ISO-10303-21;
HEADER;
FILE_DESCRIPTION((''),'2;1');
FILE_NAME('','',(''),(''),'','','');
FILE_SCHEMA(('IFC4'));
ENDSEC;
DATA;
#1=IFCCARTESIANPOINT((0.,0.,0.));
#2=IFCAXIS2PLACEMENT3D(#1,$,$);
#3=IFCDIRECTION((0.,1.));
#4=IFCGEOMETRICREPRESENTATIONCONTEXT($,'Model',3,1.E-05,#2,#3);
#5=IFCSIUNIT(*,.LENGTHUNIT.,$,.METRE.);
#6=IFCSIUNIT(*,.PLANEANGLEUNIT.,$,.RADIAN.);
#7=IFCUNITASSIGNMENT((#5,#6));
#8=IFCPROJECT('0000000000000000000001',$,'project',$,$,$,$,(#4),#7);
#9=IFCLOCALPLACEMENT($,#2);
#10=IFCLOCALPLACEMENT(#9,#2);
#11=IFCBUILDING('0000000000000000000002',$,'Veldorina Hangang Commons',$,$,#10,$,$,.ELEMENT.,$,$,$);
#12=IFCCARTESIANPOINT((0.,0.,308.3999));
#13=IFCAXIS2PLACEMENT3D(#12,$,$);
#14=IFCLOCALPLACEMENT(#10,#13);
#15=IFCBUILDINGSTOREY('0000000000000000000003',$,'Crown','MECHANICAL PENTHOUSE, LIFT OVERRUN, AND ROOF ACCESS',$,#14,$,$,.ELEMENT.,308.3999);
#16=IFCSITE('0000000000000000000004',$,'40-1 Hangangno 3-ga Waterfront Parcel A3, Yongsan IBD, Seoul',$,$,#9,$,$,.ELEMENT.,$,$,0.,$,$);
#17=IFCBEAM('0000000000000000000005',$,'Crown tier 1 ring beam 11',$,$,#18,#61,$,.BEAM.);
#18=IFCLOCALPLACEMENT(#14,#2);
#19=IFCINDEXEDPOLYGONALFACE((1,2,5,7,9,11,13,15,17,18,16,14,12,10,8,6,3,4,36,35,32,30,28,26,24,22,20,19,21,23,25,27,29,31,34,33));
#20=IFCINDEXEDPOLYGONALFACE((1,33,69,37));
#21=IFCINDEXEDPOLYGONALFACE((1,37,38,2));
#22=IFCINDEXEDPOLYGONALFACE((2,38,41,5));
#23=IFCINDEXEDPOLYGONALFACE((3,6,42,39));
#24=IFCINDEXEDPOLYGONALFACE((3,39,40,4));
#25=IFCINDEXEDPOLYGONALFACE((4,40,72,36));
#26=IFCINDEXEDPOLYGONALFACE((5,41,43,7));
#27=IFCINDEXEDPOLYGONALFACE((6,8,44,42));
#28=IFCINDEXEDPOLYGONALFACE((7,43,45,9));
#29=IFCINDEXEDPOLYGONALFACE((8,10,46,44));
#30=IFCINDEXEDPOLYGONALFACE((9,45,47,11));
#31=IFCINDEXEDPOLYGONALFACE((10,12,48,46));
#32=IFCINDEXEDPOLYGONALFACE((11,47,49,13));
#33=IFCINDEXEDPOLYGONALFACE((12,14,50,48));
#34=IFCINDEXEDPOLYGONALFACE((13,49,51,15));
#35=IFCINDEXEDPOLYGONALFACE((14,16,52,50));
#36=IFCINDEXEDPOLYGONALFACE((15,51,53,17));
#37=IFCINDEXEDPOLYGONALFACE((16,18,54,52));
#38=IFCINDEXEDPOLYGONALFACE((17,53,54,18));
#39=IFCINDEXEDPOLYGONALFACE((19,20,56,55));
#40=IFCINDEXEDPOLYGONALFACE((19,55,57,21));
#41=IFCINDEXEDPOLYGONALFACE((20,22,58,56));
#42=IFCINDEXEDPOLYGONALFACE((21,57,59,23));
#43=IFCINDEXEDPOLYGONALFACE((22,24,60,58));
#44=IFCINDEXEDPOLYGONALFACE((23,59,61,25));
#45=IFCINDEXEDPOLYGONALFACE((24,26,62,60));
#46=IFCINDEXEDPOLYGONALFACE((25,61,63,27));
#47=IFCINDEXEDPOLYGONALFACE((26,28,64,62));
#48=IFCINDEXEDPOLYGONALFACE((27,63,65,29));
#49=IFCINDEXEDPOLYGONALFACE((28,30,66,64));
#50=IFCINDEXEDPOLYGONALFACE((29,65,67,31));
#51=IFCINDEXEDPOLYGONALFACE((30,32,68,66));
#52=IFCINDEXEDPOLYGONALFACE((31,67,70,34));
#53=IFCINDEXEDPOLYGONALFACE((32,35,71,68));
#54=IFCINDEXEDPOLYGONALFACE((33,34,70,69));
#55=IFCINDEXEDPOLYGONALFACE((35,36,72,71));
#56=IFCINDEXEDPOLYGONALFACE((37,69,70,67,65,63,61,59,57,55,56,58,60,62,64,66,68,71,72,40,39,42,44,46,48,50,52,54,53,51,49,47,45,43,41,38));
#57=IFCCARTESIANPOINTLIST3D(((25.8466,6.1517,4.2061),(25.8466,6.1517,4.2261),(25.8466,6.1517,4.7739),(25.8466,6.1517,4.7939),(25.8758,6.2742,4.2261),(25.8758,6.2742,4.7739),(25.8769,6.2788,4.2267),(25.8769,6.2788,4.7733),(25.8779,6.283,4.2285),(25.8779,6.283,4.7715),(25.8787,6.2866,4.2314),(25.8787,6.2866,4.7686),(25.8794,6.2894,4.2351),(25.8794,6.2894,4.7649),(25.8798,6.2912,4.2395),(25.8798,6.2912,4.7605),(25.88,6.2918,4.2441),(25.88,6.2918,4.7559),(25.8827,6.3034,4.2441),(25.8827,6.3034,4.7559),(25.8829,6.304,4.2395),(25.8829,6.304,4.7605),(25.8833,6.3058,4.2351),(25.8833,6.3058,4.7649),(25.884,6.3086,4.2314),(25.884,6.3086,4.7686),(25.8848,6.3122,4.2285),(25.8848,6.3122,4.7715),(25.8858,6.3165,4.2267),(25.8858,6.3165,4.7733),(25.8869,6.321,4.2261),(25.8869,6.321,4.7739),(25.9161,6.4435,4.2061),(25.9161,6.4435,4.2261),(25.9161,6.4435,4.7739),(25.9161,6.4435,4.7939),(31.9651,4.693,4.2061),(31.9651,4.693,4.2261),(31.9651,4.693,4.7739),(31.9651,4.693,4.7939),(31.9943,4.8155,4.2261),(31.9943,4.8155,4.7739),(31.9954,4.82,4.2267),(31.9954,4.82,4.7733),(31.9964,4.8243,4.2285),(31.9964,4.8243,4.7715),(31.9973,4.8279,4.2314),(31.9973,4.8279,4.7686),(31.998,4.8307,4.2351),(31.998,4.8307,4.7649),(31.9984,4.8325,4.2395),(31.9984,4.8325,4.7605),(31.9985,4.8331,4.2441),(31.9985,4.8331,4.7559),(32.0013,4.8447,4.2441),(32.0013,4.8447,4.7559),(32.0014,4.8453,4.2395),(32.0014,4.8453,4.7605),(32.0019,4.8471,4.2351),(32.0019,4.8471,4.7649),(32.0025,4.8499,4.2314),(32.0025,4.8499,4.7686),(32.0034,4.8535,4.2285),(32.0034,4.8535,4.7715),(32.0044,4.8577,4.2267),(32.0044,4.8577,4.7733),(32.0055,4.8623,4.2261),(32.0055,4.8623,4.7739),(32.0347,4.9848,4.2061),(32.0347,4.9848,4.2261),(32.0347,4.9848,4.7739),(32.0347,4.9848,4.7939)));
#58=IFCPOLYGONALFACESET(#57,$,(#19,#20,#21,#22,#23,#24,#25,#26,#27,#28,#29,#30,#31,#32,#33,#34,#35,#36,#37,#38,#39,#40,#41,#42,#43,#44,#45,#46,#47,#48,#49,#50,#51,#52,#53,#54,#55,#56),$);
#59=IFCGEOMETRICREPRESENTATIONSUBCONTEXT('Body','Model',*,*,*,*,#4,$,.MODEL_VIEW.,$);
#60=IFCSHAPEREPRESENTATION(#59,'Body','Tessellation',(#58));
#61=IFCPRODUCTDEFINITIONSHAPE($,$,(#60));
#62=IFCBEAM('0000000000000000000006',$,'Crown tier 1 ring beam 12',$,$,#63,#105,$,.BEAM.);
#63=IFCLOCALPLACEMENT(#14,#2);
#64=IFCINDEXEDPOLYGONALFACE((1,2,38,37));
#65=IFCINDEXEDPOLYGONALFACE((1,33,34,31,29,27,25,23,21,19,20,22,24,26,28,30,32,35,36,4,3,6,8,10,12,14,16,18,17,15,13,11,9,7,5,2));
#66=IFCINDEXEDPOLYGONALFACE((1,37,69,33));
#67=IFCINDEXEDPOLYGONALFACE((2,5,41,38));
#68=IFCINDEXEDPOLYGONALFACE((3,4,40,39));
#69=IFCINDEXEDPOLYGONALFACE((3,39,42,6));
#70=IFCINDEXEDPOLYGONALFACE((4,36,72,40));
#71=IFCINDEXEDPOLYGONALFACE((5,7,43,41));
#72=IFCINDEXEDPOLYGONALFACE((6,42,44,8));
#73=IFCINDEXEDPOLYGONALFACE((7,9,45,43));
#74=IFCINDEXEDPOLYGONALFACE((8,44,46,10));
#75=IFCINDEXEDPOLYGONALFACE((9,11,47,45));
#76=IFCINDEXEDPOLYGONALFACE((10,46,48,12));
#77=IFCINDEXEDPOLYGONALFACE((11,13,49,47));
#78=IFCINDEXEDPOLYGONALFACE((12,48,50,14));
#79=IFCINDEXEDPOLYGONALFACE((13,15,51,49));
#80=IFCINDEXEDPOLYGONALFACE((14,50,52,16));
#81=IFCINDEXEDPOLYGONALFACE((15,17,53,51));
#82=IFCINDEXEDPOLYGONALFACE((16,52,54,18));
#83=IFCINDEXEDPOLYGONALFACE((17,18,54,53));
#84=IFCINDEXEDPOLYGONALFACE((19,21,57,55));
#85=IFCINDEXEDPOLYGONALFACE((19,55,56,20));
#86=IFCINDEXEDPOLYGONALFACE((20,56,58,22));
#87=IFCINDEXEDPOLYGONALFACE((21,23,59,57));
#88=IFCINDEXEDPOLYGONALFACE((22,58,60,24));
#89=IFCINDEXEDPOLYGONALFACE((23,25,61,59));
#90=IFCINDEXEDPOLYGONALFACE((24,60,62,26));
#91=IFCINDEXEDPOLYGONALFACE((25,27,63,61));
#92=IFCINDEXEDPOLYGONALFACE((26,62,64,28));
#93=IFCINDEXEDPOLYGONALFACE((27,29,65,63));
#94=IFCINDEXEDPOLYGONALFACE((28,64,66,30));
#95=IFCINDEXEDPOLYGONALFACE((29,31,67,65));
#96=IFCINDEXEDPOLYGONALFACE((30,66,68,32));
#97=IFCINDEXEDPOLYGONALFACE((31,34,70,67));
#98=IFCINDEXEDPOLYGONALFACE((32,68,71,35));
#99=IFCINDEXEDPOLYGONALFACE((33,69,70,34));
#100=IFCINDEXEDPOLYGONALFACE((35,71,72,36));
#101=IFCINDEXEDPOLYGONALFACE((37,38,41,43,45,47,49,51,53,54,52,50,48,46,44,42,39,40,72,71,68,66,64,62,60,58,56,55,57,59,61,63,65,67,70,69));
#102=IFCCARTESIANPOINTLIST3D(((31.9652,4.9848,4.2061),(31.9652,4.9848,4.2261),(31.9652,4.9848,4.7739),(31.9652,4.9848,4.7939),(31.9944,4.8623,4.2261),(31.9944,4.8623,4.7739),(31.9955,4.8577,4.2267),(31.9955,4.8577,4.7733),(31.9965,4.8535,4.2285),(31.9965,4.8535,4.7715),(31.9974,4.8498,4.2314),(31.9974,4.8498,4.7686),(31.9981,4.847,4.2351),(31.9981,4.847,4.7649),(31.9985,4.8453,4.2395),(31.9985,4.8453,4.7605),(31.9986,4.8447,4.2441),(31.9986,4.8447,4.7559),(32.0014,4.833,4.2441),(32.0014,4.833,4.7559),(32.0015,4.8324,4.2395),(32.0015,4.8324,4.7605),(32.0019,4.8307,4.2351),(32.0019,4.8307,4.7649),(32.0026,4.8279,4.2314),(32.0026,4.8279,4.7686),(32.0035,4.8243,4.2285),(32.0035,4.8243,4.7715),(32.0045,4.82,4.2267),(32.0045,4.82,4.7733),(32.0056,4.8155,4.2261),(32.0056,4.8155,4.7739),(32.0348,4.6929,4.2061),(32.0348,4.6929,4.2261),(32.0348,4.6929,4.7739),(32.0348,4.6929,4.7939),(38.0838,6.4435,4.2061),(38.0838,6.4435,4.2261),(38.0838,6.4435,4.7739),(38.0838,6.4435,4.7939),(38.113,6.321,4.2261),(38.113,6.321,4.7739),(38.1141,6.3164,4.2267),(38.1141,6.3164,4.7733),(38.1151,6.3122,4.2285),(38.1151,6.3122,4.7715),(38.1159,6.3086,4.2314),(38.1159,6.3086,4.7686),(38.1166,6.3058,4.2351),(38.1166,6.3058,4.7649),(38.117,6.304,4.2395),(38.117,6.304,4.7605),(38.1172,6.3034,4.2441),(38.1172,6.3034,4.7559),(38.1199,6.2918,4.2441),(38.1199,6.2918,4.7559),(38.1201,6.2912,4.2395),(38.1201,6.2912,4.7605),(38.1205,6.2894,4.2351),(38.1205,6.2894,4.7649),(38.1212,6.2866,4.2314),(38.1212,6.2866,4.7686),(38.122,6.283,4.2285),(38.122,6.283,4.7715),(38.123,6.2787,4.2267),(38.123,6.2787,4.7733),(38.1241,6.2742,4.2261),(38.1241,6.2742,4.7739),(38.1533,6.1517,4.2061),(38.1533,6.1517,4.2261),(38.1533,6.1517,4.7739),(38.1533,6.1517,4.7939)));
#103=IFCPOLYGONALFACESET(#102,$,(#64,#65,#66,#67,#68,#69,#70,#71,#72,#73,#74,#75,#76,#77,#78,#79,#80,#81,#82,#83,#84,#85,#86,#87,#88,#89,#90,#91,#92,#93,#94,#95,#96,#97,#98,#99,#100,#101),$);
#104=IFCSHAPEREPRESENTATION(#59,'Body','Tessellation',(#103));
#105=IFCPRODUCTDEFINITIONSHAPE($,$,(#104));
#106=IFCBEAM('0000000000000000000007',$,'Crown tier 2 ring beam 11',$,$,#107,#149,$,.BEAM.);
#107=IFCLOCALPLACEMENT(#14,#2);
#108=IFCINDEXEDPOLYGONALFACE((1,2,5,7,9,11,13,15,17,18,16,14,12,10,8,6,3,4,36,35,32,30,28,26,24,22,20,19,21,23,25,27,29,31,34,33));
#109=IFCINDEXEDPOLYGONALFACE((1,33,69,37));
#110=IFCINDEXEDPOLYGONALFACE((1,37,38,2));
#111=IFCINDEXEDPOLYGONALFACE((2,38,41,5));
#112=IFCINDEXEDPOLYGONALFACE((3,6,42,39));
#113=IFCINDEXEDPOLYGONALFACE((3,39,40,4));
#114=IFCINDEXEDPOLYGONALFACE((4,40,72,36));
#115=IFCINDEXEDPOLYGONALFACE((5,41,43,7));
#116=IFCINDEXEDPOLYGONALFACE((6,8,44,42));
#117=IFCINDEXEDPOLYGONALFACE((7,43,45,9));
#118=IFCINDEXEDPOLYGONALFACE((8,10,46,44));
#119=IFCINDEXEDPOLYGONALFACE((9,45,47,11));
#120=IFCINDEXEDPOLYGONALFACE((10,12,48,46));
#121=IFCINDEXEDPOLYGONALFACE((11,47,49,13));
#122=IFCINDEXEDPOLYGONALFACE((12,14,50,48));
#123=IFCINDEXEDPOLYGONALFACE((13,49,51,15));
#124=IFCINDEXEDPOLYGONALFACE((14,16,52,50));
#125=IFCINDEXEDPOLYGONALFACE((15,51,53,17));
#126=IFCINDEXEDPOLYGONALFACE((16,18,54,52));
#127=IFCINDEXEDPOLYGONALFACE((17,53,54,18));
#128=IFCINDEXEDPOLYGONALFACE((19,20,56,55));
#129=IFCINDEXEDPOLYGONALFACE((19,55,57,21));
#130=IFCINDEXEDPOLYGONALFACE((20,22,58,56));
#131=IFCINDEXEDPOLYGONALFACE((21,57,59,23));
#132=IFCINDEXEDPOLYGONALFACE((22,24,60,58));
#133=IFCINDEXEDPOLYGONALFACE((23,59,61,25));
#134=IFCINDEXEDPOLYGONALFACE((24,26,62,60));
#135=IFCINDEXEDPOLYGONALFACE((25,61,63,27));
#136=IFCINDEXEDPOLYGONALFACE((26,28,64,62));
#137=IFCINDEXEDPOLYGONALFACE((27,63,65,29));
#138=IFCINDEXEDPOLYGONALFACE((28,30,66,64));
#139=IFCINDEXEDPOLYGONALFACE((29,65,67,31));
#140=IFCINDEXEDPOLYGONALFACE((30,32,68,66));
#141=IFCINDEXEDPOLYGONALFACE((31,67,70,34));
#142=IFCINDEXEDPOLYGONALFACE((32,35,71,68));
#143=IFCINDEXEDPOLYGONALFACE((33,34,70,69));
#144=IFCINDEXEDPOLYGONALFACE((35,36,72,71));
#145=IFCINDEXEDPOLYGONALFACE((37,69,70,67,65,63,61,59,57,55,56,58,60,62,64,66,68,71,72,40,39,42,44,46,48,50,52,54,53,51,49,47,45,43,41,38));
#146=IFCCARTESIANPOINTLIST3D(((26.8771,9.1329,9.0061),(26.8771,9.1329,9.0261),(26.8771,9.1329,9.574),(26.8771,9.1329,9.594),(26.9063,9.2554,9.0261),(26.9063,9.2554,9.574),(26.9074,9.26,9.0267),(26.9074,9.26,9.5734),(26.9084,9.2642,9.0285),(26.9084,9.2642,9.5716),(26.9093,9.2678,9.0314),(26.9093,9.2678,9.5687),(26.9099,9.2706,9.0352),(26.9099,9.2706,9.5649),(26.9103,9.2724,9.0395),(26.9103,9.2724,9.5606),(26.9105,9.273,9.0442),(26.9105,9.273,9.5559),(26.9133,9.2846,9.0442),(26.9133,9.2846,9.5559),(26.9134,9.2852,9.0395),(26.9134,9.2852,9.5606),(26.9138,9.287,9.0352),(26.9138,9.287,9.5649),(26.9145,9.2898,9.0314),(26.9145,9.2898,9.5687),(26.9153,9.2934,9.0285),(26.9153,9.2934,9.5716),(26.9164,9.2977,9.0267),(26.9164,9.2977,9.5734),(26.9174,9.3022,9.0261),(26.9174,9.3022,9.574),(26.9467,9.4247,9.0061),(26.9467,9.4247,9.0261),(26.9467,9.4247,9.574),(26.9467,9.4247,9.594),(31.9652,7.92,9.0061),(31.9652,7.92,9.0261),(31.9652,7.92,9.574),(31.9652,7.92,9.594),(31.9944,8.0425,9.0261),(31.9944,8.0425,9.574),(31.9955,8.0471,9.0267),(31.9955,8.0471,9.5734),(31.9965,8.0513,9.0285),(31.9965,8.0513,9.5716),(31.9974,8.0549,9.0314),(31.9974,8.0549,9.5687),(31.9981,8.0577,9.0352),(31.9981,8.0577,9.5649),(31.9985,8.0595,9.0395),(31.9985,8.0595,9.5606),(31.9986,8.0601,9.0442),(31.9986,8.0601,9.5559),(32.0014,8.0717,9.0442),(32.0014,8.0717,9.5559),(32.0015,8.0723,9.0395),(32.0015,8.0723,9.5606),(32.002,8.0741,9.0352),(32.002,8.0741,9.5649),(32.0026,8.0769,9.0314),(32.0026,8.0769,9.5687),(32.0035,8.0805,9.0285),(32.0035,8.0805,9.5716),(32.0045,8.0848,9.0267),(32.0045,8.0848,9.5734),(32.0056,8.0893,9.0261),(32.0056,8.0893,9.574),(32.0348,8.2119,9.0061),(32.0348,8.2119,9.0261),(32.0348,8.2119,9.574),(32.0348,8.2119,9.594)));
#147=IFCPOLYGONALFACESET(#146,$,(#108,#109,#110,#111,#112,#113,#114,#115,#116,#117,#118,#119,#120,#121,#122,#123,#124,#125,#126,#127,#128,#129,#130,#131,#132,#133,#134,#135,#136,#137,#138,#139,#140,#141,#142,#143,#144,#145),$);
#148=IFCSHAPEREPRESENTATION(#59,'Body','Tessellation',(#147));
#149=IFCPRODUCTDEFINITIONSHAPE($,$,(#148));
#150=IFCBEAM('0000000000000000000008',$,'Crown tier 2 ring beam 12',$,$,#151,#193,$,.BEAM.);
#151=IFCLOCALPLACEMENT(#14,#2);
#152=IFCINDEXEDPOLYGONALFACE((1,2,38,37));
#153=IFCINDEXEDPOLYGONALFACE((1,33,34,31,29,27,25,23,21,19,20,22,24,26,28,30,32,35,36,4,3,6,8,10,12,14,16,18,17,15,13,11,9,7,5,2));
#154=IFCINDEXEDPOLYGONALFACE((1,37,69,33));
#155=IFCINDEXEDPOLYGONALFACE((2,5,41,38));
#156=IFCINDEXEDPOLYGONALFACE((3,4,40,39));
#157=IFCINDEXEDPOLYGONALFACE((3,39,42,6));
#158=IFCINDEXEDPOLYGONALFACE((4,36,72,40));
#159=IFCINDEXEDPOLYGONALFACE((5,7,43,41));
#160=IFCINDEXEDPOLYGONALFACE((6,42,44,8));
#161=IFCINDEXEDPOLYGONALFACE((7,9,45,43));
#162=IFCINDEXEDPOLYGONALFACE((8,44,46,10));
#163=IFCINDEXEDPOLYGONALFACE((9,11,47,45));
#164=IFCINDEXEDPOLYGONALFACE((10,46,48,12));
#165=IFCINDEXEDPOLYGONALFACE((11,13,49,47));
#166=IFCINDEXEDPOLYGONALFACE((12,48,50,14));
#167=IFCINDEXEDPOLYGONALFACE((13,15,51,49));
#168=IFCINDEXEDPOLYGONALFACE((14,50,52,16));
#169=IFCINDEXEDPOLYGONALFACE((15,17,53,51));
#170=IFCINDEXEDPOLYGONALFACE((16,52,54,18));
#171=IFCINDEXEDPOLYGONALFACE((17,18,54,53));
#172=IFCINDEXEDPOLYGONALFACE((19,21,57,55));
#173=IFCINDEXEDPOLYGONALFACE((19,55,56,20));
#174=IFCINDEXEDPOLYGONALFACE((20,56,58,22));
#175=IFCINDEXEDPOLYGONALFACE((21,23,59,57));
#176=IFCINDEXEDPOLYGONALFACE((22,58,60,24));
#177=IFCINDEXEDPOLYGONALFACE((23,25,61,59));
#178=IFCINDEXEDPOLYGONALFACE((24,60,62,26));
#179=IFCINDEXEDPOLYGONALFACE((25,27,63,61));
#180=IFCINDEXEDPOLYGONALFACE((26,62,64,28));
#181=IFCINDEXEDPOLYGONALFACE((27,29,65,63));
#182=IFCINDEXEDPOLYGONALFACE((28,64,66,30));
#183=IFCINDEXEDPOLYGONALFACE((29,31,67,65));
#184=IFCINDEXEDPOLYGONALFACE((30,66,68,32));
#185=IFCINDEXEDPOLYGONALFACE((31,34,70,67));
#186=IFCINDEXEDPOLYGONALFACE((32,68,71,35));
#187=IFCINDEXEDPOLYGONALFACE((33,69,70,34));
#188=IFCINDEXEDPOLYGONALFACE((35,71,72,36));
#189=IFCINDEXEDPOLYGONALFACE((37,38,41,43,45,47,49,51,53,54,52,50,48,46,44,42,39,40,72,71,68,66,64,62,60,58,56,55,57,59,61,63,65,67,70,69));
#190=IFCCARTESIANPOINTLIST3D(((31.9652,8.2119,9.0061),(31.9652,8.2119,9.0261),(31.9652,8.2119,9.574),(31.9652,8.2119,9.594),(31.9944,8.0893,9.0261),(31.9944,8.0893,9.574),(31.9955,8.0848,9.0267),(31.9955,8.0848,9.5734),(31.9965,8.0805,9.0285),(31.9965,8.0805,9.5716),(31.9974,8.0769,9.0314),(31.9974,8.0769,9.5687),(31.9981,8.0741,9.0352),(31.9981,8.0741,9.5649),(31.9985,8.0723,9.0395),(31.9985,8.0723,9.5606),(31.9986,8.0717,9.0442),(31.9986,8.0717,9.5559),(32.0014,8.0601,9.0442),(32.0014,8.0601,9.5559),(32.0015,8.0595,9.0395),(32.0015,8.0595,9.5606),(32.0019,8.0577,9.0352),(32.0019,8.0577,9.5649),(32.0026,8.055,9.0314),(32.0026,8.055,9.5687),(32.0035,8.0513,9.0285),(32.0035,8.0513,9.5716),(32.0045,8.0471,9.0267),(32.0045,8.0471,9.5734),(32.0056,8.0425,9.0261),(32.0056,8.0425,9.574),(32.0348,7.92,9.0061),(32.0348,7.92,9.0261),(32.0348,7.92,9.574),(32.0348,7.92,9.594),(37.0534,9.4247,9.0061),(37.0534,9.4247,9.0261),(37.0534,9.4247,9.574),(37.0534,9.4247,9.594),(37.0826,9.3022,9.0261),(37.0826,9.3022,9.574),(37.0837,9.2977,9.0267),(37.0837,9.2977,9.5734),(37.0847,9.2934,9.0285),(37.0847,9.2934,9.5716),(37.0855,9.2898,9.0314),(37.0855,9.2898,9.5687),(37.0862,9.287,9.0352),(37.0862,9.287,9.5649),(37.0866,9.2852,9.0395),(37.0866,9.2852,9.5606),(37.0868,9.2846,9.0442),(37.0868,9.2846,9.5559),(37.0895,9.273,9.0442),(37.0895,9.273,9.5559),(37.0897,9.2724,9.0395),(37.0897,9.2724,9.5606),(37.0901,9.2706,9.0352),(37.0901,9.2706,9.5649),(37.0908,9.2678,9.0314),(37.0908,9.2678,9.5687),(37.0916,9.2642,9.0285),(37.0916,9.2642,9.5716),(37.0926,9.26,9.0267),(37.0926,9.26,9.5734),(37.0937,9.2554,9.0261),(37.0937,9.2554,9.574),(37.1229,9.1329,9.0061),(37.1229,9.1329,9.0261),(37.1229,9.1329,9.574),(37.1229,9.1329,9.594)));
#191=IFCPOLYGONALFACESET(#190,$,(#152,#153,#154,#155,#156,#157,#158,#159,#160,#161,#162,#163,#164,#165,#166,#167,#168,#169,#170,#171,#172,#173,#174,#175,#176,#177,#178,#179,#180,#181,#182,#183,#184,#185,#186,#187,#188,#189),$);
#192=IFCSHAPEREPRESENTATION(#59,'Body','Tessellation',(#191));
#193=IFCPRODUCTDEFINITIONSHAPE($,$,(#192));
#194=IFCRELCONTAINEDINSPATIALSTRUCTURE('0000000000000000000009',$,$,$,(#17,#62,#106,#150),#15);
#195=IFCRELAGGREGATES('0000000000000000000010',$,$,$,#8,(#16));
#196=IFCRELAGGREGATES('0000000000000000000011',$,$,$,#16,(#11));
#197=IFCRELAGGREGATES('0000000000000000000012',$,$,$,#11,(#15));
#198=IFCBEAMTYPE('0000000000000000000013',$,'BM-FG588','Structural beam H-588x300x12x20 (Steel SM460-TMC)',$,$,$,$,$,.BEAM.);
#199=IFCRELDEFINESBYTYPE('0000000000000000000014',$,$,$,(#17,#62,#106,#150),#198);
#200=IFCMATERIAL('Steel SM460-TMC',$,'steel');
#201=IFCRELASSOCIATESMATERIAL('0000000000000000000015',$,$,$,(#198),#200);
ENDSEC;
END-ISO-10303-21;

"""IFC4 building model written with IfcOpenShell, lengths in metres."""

from ifc_helpers import new_model, si_unit, direction, frame, origin, origin_2d, place, context, subcontext, project, spatial, i_section, extrude, material, material_profile, profile_set, type_object, element, save


model = new_model("IFC4")

# Units and contexts
model_context = context("Model", 3, precision=1e-05, world=origin(), true_north=direction((0.0, 1.0)))
body_context = subcontext(model_context, "Body", "Model", "MODEL_VIEW")
ifc_project = project(units=[si_unit("LENGTHUNIT", "METRE"), si_unit("PLANEANGLEUNIT", "RADIAN")], contexts=[model_context])

# Site, building, storey
site_placement = place(None, origin())
site = spatial("IfcSite", under=ifc_project, at=site_placement, Name="40-1 Hangangno 3-ga Waterfront Parcel A3, Yongsan IBD, Seoul", CompositionType="ELEMENT", RefElevation=0.0)
building_placement = place(site_placement, origin())
building = spatial("IfcBuilding", under=site, at=building_placement, Name="Veldorina Hangang Commons", CompositionType="ELEMENT")
storey_placement = place(building_placement, frame((0.0, 0.0, 308.3999)))
storey = spatial("IfcBuildingStorey", under=building, at=storey_placement, Name="Crown", Description="MECHANICAL PENTHOUSE, LIFT OVERRUN, AND ROOF ACCESS", CompositionType="ELEMENT", Elevation=308.3999)

# Beams
ifc_material_1 = material(Name="Steel SM460-TMC", Category="steel")
ifc_material_profile_1 = material_profile(ifc_material_1, i_section(OverallWidth=0.3, OverallDepth=0.5879, WebThickness=0.012, FlangeThickness=0.02, FilletRadius=0.0181, at=origin_2d()), Name="H-588x300x12x20")
ifc_profile_set_1 = profile_set([ifc_material_profile_1], Name="Steel SM460-TMC")
beam_type = type_object("IfcBeamType", Name="BM-FG588", Description="Structural beam H-588x300x12x20 (Steel SM460-TMC)", PredefinedType="BEAM", material=ifc_profile_set_1)
for number, where, z_axis, x_axis, name in (
    (1, (25.8813, 6.2976, 4.5), (0.972737, -0.231909, 0.0), (0.231909, 0.972737, 0.0), "Crown tier 1 ring beam 11"),
    (2, (32.0, 4.8389, 4.5), (0.972737, 0.231909, 0.0), (-0.231909, 0.972737, 0.0), "Crown tier 1 ring beam 12"),
):
    element("IfcBeam", number, at=place(storey_placement, frame(where, z_axis=z_axis, x_axis=x_axis)), inside=storey, type_object=beam_type, Name=name, PredefinedType="BEAM", context=body_context, shape_type="SweptSolid", body=[
        extrude(i_section(OverallWidth=0.3, OverallDepth=0.5879, WebThickness=0.012, FlangeThickness=0.02, FilletRadius=0.0181, at=origin_2d()), origin(), (0.0, 0.0, 1.0), 6.29),
    ])
for number, where, z_axis, x_axis, name in (
    (3, (26.9119, 9.2788, 9.3), (0.972745, -0.231879, 0.0), (0.231879, 0.972745, 0.0), "Crown tier 2 ring beam 11"),
    (4, (32.0, 8.0659, 9.3), (0.972745, 0.231879, 0.0), (-0.231879, 0.972745, 0.0), "Crown tier 2 ring beam 12"),
):
    element("IfcBeam", number, at=place(storey_placement, frame(where, z_axis=z_axis, x_axis=x_axis)), inside=storey, type_object=beam_type, Name=name, PredefinedType="BEAM", context=body_context, shape_type="SweptSolid", body=[
        extrude(i_section(OverallWidth=0.3, OverallDepth=0.5879, WebThickness=0.012, FlangeThickness=0.02, FilletRadius=0.0181, at=origin_2d()), origin(), (0.0, 0.0, 1.0), 5.2307),
    ])

save(model, "model.ifc")
